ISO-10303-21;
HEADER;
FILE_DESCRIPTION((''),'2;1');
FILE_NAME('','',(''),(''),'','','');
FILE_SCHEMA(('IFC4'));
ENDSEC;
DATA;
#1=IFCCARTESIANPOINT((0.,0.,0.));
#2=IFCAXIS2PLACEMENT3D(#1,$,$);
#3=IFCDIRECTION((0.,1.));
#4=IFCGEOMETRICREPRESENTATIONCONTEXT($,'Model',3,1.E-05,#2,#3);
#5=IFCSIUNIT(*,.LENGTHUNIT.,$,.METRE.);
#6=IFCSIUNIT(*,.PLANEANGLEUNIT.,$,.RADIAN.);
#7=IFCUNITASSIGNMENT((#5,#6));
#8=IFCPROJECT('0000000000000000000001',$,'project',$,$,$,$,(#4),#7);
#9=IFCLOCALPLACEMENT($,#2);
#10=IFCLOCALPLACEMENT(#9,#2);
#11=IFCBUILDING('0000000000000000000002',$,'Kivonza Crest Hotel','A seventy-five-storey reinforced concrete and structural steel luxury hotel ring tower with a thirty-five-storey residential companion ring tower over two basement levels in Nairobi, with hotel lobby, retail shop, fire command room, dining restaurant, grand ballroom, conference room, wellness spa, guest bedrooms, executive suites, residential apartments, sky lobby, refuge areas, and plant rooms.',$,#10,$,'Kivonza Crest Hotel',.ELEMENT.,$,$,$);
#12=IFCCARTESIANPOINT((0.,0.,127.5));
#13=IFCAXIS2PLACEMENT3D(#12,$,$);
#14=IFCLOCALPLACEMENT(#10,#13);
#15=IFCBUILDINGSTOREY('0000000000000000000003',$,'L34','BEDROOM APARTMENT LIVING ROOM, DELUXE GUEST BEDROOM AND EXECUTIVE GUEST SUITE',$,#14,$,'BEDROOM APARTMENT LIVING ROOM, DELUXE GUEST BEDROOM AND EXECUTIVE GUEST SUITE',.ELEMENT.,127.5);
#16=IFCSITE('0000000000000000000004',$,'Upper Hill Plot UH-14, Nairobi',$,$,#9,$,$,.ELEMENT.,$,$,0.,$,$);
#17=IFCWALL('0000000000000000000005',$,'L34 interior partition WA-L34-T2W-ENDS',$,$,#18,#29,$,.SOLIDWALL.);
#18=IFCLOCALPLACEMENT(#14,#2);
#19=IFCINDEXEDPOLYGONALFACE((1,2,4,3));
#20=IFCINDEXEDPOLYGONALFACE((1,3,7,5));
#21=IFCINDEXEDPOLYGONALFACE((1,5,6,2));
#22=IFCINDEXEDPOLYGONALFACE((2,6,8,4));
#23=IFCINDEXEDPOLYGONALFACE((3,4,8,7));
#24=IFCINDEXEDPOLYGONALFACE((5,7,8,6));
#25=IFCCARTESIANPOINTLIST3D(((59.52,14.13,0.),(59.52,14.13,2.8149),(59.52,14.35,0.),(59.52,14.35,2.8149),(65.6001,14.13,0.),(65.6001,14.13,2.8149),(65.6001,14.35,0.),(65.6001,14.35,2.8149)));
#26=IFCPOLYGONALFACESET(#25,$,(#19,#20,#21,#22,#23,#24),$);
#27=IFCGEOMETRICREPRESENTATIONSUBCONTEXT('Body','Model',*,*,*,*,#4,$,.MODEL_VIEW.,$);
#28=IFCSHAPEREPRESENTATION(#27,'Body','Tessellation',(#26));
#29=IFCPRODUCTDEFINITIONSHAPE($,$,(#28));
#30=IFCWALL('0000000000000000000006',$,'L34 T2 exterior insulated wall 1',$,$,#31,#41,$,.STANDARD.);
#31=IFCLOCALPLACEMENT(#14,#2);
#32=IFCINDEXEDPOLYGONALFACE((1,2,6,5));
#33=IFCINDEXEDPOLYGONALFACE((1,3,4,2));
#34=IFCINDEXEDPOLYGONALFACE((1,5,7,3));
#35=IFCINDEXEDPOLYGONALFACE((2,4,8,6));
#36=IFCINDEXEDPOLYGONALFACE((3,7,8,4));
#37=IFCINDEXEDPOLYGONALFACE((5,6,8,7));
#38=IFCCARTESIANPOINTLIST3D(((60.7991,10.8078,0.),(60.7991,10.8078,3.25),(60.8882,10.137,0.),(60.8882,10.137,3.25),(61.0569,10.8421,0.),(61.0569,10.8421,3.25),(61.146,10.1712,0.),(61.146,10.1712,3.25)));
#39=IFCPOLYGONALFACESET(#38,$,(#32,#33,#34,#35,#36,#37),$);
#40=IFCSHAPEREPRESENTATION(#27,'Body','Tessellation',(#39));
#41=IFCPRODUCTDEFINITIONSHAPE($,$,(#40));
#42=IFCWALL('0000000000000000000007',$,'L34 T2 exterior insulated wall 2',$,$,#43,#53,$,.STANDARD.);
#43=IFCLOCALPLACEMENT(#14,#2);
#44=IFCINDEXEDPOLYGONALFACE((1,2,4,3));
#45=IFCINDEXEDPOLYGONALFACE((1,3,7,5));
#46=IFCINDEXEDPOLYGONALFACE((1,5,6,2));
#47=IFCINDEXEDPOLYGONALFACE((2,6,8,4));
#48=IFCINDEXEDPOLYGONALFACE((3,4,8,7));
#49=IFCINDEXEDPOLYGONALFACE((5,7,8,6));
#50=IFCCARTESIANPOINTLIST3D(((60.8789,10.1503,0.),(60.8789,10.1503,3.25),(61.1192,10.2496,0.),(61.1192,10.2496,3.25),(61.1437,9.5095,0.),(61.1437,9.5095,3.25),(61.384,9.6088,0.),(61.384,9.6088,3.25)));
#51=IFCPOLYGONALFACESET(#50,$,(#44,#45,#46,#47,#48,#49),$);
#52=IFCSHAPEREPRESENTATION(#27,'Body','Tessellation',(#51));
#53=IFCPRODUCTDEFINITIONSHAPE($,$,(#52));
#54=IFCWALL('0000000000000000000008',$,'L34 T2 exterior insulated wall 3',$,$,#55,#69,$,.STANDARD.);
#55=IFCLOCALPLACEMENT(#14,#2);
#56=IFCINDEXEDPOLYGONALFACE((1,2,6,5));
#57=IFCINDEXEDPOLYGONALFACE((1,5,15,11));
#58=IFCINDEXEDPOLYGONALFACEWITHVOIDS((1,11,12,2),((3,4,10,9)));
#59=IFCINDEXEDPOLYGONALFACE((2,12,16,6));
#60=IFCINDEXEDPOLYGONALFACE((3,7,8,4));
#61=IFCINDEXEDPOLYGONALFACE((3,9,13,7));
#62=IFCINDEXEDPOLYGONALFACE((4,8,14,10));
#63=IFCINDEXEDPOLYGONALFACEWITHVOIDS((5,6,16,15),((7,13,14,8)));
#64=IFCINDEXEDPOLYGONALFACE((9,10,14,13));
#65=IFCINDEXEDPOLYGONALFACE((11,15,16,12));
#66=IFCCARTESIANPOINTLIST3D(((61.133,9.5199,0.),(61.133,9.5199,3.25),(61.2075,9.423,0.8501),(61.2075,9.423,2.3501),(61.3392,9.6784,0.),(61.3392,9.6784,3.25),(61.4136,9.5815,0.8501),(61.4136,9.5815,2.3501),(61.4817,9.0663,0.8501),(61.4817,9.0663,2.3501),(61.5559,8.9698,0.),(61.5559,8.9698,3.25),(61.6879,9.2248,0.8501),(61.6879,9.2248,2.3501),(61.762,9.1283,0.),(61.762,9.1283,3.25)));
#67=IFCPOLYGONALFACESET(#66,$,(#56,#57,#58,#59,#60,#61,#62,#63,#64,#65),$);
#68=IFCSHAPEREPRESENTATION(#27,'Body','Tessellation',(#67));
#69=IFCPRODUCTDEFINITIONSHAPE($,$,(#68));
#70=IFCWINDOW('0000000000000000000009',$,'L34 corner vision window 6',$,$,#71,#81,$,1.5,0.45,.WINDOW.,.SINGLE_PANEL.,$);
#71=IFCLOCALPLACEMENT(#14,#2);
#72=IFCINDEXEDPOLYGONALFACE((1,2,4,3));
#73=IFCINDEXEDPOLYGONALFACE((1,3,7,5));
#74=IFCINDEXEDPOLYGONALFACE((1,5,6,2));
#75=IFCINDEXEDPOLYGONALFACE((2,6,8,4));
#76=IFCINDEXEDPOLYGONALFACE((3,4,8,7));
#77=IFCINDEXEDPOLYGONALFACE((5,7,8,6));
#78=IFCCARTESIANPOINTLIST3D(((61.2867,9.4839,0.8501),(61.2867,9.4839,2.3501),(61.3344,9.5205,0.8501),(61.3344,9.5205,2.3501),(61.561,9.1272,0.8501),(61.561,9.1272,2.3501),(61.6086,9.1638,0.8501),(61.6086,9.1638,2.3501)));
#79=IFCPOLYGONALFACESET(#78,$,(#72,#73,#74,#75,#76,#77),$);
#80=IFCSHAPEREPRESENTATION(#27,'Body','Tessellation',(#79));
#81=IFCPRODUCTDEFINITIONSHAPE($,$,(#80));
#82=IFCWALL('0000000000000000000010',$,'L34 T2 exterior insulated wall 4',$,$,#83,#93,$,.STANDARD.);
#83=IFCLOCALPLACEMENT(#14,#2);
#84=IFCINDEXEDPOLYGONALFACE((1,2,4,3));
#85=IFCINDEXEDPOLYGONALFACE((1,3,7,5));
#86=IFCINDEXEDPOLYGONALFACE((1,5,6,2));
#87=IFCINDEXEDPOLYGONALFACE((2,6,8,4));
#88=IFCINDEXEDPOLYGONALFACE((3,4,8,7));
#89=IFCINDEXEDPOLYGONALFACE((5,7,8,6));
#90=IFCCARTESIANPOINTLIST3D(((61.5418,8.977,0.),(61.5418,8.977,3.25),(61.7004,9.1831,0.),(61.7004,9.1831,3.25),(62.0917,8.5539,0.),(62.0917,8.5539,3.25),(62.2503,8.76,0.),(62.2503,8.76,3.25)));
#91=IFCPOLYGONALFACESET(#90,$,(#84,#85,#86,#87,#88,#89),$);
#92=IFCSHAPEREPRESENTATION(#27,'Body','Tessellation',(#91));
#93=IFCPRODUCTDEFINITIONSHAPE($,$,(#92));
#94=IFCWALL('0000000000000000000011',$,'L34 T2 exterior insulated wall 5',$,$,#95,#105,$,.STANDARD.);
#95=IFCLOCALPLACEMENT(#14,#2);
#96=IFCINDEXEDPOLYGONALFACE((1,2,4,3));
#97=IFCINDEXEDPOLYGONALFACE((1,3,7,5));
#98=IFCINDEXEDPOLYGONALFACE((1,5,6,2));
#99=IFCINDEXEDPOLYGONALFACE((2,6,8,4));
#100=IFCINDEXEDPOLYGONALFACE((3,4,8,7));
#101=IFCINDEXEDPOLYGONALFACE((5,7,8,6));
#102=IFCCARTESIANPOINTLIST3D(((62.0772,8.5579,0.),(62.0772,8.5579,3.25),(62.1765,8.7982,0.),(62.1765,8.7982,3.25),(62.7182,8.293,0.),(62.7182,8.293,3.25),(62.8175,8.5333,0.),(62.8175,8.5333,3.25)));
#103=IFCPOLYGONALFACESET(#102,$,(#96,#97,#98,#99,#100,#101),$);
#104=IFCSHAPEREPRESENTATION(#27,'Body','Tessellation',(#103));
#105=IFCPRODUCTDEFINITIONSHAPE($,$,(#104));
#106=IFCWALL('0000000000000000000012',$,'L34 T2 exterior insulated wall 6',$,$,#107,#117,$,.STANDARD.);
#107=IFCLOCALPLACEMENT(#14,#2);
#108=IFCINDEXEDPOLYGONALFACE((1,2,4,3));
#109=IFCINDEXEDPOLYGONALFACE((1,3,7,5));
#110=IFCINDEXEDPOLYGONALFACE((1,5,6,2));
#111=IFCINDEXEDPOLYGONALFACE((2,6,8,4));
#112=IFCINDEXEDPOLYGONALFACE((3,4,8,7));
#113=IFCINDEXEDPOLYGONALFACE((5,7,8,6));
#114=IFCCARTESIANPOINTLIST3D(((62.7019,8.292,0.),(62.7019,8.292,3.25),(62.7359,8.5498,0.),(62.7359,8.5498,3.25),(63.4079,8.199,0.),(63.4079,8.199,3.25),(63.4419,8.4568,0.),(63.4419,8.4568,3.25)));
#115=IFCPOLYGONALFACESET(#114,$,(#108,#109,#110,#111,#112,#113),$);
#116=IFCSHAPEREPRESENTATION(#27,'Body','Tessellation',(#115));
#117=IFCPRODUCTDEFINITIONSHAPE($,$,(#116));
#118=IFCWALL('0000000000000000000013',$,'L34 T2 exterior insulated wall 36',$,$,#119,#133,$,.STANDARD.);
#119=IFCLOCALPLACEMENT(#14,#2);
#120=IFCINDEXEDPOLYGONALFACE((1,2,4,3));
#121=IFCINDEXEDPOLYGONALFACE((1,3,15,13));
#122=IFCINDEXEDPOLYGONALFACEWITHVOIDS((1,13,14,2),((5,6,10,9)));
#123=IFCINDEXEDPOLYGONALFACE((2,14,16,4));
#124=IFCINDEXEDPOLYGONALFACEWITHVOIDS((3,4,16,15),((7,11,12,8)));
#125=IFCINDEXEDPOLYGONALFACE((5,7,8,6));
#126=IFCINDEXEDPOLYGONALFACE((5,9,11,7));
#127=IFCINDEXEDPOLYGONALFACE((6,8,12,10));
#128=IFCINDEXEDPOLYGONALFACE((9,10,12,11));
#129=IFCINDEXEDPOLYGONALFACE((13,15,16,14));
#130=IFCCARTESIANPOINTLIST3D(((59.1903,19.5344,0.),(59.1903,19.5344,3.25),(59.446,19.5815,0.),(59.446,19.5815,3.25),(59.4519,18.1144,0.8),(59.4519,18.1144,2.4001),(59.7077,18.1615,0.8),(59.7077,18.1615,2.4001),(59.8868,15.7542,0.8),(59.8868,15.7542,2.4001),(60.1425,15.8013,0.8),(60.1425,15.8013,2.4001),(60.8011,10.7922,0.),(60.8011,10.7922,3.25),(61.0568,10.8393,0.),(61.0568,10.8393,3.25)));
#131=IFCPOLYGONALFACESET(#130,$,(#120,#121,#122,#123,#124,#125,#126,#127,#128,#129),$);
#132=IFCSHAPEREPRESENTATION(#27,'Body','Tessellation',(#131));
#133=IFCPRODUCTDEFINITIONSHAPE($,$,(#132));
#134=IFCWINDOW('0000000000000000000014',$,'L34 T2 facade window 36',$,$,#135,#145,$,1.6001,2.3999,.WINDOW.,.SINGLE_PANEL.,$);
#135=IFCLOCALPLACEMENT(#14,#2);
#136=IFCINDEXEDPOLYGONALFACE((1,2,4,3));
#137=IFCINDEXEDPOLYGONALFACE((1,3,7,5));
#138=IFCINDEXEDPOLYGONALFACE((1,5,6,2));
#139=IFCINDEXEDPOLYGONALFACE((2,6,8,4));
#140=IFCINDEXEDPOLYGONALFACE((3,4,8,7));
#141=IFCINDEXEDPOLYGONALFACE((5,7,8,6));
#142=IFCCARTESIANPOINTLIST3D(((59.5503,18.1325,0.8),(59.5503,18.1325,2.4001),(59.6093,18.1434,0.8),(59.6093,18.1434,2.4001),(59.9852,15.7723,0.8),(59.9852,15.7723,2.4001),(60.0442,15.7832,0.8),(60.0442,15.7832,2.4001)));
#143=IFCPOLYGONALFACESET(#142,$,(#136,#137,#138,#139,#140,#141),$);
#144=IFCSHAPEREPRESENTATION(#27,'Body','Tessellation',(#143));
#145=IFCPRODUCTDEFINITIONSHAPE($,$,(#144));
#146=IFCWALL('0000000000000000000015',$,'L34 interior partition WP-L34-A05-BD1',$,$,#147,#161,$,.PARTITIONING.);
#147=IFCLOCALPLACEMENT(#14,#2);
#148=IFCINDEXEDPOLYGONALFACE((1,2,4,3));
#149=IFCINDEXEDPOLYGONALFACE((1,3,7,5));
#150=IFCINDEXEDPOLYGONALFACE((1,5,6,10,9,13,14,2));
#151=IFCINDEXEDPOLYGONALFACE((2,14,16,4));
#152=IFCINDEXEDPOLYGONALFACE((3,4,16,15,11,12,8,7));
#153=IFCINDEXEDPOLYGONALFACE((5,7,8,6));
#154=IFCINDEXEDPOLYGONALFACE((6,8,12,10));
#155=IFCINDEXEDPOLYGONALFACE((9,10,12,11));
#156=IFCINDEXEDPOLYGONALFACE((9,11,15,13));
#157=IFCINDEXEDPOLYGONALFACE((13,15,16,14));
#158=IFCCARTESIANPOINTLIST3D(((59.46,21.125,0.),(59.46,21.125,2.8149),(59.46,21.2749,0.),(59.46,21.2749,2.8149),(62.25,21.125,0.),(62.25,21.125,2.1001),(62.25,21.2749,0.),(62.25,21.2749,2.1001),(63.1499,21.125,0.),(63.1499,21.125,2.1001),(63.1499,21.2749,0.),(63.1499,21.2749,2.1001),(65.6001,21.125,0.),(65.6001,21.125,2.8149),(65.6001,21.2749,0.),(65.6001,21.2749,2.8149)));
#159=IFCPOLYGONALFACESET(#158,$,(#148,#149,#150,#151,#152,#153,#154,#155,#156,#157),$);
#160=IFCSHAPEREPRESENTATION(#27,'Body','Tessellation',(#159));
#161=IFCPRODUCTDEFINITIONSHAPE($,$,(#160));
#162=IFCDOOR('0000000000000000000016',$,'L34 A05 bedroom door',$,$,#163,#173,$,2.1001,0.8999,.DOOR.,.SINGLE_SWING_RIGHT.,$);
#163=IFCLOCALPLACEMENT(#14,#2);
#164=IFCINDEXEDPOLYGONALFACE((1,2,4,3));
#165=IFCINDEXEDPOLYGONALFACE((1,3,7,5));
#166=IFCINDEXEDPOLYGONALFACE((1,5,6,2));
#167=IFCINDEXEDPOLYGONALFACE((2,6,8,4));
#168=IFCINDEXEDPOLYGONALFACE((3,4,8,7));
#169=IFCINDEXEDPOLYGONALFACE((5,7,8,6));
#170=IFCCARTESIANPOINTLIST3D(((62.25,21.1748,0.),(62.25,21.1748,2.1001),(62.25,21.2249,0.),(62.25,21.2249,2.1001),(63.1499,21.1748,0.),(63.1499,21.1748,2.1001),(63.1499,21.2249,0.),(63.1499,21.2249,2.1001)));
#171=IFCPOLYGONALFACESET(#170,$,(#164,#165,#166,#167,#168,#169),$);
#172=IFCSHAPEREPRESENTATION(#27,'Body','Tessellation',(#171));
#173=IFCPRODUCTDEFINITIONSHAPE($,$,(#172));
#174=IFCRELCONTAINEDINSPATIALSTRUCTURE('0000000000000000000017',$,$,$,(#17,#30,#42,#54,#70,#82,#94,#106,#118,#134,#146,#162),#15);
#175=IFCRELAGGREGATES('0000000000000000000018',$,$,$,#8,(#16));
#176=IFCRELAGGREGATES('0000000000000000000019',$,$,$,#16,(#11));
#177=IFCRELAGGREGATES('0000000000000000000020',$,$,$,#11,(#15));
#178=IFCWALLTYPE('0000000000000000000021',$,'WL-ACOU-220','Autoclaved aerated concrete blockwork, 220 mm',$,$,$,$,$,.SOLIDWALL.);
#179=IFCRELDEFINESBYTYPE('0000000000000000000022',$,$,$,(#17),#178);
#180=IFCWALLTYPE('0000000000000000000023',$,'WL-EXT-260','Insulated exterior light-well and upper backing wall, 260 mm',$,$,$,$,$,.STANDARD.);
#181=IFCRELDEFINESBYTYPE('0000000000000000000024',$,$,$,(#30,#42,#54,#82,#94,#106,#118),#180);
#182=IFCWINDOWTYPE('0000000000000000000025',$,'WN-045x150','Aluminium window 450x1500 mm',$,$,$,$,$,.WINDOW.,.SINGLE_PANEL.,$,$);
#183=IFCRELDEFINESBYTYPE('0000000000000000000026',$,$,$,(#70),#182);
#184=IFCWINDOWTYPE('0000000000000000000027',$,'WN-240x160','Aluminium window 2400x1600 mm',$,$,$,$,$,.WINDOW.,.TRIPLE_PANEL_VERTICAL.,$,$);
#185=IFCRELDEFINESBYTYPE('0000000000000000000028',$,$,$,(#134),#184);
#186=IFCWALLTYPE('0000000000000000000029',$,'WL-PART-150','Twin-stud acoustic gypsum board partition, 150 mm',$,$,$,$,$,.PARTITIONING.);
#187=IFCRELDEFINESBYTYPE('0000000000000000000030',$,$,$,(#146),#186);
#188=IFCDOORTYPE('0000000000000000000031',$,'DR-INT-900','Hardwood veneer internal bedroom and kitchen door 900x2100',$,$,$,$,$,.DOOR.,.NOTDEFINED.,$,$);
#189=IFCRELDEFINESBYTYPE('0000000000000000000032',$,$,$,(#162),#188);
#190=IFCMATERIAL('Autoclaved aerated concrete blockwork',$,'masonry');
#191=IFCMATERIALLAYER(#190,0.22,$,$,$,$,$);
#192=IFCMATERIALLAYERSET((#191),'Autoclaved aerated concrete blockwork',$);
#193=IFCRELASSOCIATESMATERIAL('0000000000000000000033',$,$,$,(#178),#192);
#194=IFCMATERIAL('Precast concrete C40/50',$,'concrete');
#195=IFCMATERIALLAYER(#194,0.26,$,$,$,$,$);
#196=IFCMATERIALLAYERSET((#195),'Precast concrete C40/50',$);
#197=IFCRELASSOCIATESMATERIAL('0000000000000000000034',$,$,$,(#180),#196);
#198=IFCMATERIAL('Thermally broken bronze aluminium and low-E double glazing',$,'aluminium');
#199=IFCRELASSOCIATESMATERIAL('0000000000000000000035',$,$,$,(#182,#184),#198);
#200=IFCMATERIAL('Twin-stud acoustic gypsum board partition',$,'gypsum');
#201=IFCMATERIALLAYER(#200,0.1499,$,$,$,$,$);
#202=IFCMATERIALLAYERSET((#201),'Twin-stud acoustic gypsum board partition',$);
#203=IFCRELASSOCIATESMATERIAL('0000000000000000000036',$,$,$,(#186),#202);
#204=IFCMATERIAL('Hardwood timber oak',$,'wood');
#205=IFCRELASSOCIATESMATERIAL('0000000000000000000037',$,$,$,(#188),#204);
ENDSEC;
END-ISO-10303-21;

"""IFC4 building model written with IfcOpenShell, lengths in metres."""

from ifc_helpers import new_model, si_unit, direction, frame, frame_2d, origin, place, context, subcontext, project, spatial, rectangle, extrude, material, layer, layer_set, type_object, element, fill, save


model = new_model("IFC4")

# Units and contexts
model_context = context("Model", 3, precision=1e-05, world=origin(), true_north=direction((0.0, 1.0)))
body_context = subcontext(model_context, "Body", "Model", "MODEL_VIEW")
ifc_project = project(units=[si_unit("LENGTHUNIT", "METRE"), si_unit("PLANEANGLEUNIT", "RADIAN")], contexts=[model_context])

# Site, building, storey
site_placement = place(None, origin())
site = spatial("IfcSite", under=ifc_project, at=site_placement, Name="Upper Hill Plot UH-14, Nairobi", CompositionType="ELEMENT", RefElevation=0.0)
building_placement = place(site_placement, origin())
building = spatial("IfcBuilding", under=site, at=building_placement, Name="Kivonza Crest Hotel", Description="A seventy-five-storey reinforced concrete and structural steel luxury hotel ring tower with a thirty-five-storey residential companion ring tower over two basement levels in Nairobi, with hotel lobby, retail shop, fire command room, dining restaurant, grand ballroom, conference room, wellness spa, guest bedrooms, executive suites, residential apartments, sky lobby, refuge areas, and plant rooms.", LongName="Kivonza Crest Hotel", CompositionType="ELEMENT")
storey_placement = place(building_placement, frame((0.0, 0.0, 127.5)))
storey = spatial("IfcBuildingStorey", under=building, at=storey_placement, Name="L34", Description="BEDROOM APARTMENT LIVING ROOM, DELUXE GUEST BEDROOM AND EXECUTIVE GUEST SUITE", LongName="BEDROOM APARTMENT LIVING ROOM, DELUXE GUEST BEDROOM AND EXECUTIVE GUEST SUITE", CompositionType="ELEMENT", Elevation=127.5)

# Walls
ifc_material_1 = material(Name="Autoclaved aerated concrete blockwork", Category="masonry")
ifc_layer_1 = layer(ifc_material_1, 0.22)
ifc_layer_set_1 = layer_set([ifc_layer_1], Name="Autoclaved aerated concrete blockwork")
wall_type_1 = type_object("IfcWallType", Name="WL-ACOU-220", Description="Autoclaved aerated concrete blockwork, 220 mm", PredefinedType="SOLIDWALL", material=ifc_layer_set_1)
wall_1_placement = place(storey_placement, frame((59.52, 14.24, 0.0), z_axis=(0.0, 0.0, 1.0), x_axis=(1.0, 0.0, 0.0)))
element("IfcWall", 1, at=wall_1_placement, inside=storey, type_object=wall_type_1, Name="L34 interior partition WA-L34-T2W-ENDS", PredefinedType="SOLIDWALL", context=body_context, shape_type="SweptSolid", body=[
    extrude(rectangle(XDim=6.0801, YDim=0.22, at=frame_2d((3.04, 0.0))), origin(), (0.0, 0.0, 1.0), 2.8149),
])
ifc_material_2 = material(Name="Precast concrete C40/50", Category="concrete")
ifc_layer_2 = layer(ifc_material_2, 0.26)
ifc_layer_set_2 = layer_set([ifc_layer_2], Name="Precast concrete C40/50")
wall_type_2 = type_object("IfcWallType", Name="WL-EXT-260", Description="Insulated exterior light-well and upper backing wall, 260 mm", PredefinedType="STANDARD", material=ifc_layer_set_2)
wall_2_placement = place(storey_placement, frame((60.928, 10.825, 0.0), z_axis=(0.0, 0.0, 1.0), x_axis=(0.131667, -0.991294, 0.0)))
element("IfcWall", 2, at=wall_2_placement, inside=storey, type_object=wall_type_2, Name="L34 T2 exterior insulated wall 1", PredefinedType="STANDARD", context=body_context, shape_type="SweptSolid", body=[
    extrude(rectangle(XDim=0.6768, YDim=0.26, at=frame_2d((0.3384, 0.0))), origin(), (0.0, 0.0, 1.0), 3.25),
])
wall_3_placement = place(storey_placement, frame((60.999, 10.2, 0.0), z_axis=(0.0, 0.0, 1.0), x_axis=(0.381989, -0.924167, 0.0)))
element("IfcWall", 3, at=wall_3_placement, inside=storey, type_object=wall_type_2, Name="L34 T2 exterior insulated wall 2", PredefinedType="STANDARD", context=body_context, shape_type="SweptSolid", body=[
    extrude(rectangle(XDim=0.6934, YDim=0.26, at=frame_2d((0.3467, 0.0))), origin(), (0.0, 0.0, 1.0), 3.25),
])

# Wall, opening, window
wall_4_placement = place(storey_placement, frame((61.2361, 9.5991, 0.0), z_axis=(0.0, 0.0, 1.0), x_axis=(0.609473, -0.792807, 0.0)))
wall_4 = element("IfcWall", 4, at=wall_4_placement, inside=storey, type_object=wall_type_2, Name="L34 T2 exterior insulated wall 3", PredefinedType="STANDARD", context=body_context, shape_type="SweptSolid", body=[
    extrude(rectangle(XDim=0.6938, YDim=0.26, at=frame_2d((0.3469, 0.0))), origin(), (0.0, 0.0, 1.0), 3.25),
])
opening_1_placement = place(wall_4_placement, frame((0.1221, 0.0, 0.8501)))
opening_1 = element("IfcOpeningElement", 5, at=opening_1_placement, cuts=wall_4, PredefinedType="OPENING", context=body_context, shape_type="SweptSolid", body=[
    extrude(rectangle(XDim=0.45, YDim=1.5, at=frame_2d((0.2251, 0.75))), frame((0.0, 0.1401, 0.0), z_axis=(0.0, -1.0, 0.0), x_axis=(1.0, 0.0, 0.0)), (0.0, 0.0, 1.0), 0.28),
])
ifc_material_3 = material(Name="Thermally broken bronze aluminium and low-E double glazing", Category="aluminium")
window_type_1 = type_object("IfcWindowType", Name="WN-045x150", Description="Aluminium window 450x1500 mm", PartitioningType="SINGLE_PANEL", PredefinedType="WINDOW", material=ifc_material_3)
window_1_placement = place(opening_1_placement, origin())
window_1 = element("IfcWindow", 6, at=window_1_placement, inside=storey, type_object=window_type_1, Name="L34 corner vision window 6", OverallHeight=1.5, OverallWidth=0.45, PartitioningType="SINGLE_PANEL", PredefinedType="WINDOW", context=body_context, shape_type="SweptSolid", body=[
    extrude(rectangle(XDim=0.45, YDim=1.5, at=frame_2d((0.2251, 0.75))), frame((0.0, 0.03, 0.0), z_axis=(0.0, -1.0, 0.0), x_axis=(1.0, 0.0, 0.0)), (0.0, 0.0, 1.0), 0.0601),
])
fill(opening_1, window_1)

# Walls
wall_5_placement = place(storey_placement, frame((61.6211, 9.0801, 0.0), z_axis=(0.0, 0.0, 1.0), x_axis=(0.792506, -0.609864, 0.0)))
element("IfcWall", 7, at=wall_5_placement, inside=storey, type_object=wall_type_2, Name="L34 T2 exterior insulated wall 4", PredefinedType="STANDARD", context=body_context, shape_type="SweptSolid", body=[
    extrude(rectangle(XDim=0.6938, YDim=0.26, at=frame_2d((0.3469, 0.0))), origin(), (0.0, 0.0, 1.0), 3.25),
])
wall_6_placement = place(storey_placement, frame((62.127, 8.678, 0.0), z_axis=(0.0, 0.0, 1.0), x_axis=(0.924218, -0.381865, 0.0)))
element("IfcWall", 8, at=wall_6_placement, inside=storey, type_object=wall_type_2, Name="L34 T2 exterior insulated wall 5", PredefinedType="STANDARD", context=body_context, shape_type="SweptSolid", body=[
    extrude(rectangle(XDim=0.6936, YDim=0.26, at=frame_2d((0.3467, 0.0))), origin(), (0.0, 0.0, 1.0), 3.25),
])
wall_7_placement = place(storey_placement, frame((62.719, 8.4209, 0.0), z_axis=(0.0, 0.0, 1.0), x_axis=(0.991433, -0.130614, 0.0)))
element("IfcWall", 9, at=wall_7_placement, inside=storey, type_object=wall_type_2, Name="L34 T2 exterior insulated wall 6", PredefinedType="STANDARD", context=body_context, shape_type="SweptSolid", body=[
    extrude(rectangle(XDim=0.7122, YDim=0.26, at=frame_2d((0.356, 0.0))), origin(), (0.0, 0.0, 1.0), 3.25),
])

# Wall, opening, window
wall_8_placement = place(storey_placement, frame((59.3181, 19.5581, 0.0), z_axis=(0.0, 0.0, 1.0), x_axis=(0.18121, -0.983444, 0.0)))
wall_8 = element("IfcWall", 10, at=wall_8_placement, inside=storey, type_object=wall_type_2, Name="L34 T2 exterior insulated wall 36", PredefinedType="STANDARD", context=body_context, shape_type="SweptSolid", body=[
    extrude(rectangle(XDim=8.8894, YDim=0.26, at=frame_2d((4.4448, 0.0))), origin(), (0.0, 0.0, 1.0), 3.25),
])
opening_2_placement = place(wall_8_placement, frame((1.4441, 0.0, 0.8)))
opening_2 = element("IfcOpeningElement", 11, at=opening_2_placement, cuts=wall_8, PredefinedType="OPENING", context=body_context, shape_type="SweptSolid", body=[
    extrude(rectangle(XDim=2.3999, YDim=1.6001, at=frame_2d((1.2, 0.8))), frame((0.0, 0.1401, 0.0), z_axis=(0.0, -1.0, 0.0), x_axis=(1.0, 0.0, 0.0)), (0.0, 0.0, 1.0), 0.28),
])
window_type_2 = type_object("IfcWindowType", Name="WN-240x160", Description="Aluminium window 2400x1600 mm", PartitioningType="TRIPLE_PANEL_VERTICAL", PredefinedType="WINDOW", material=ifc_material_3)
window_2_placement = place(opening_2_placement, origin())
window_2 = element("IfcWindow", 12, at=window_2_placement, inside=storey, type_object=window_type_2, Name="L34 T2 facade window 36", OverallHeight=1.6001, OverallWidth=2.3999, PartitioningType="SINGLE_PANEL", PredefinedType="WINDOW", context=body_context, shape_type="SweptSolid", body=[
    extrude(rectangle(XDim=2.3999, YDim=1.6001, at=frame_2d((1.2, 0.8))), frame((0.0, 0.03, 0.0), z_axis=(0.0, -1.0, 0.0), x_axis=(1.0, 0.0, 0.0)), (0.0, 0.0, 1.0), 0.0601),
])
fill(opening_2, window_2)

# Wall, opening, door
ifc_material_4 = material(Name="Twin-stud acoustic gypsum board partition", Category="gypsum")
ifc_layer_3 = layer(ifc_material_4, 0.1499)
ifc_layer_set_3 = layer_set([ifc_layer_3], Name="Twin-stud acoustic gypsum board partition")
wall_type_3 = type_object("IfcWallType", Name="WL-PART-150", Description="Twin-stud acoustic gypsum board partition, 150 mm", PredefinedType="PARTITIONING", material=ifc_layer_set_3)
wall_9_placement = place(storey_placement, frame((59.46, 21.2, 0.0), z_axis=(0.0, 0.0, 1.0), x_axis=(1.0, 0.0, 0.0)))
wall_9 = element("IfcWall", 13, at=wall_9_placement, inside=storey, type_object=wall_type_3, Name="L34 interior partition WP-L34-A05-BD1", PredefinedType="PARTITIONING", context=body_context, shape_type="SweptSolid", body=[
    extrude(rectangle(XDim=6.1401, YDim=0.1499, at=frame_2d((3.0701, 0.0))), origin(), (0.0, 0.0, 1.0), 2.8149),
])
opening_3_placement = place(wall_9_placement, frame((2.79, 0.0, 0.0)))
opening_3 = element("IfcOpeningElement", 14, at=opening_3_placement, cuts=wall_9, PredefinedType="OPENING", context=body_context, shape_type="SweptSolid", body=[
    extrude(rectangle(XDim=0.8999, YDim=2.1001, at=frame_2d((0.45, 1.05))), frame((0.0, 0.085, 0.0), z_axis=(0.0, -1.0, 0.0), x_axis=(1.0, 0.0, 0.0)), (0.0, 0.0, 1.0), 0.1699),
])
ifc_material_5 = material(Name="Hardwood timber oak", Category="wood")
door_type = type_object("IfcDoorType", Name="DR-INT-900", Description="Hardwood veneer internal bedroom and kitchen door 900x2100", OperationType="NOTDEFINED", PredefinedType="DOOR", material=ifc_material_5)
door_placement = place(opening_3_placement, origin())
door = element("IfcDoor", 15, at=door_placement, inside=storey, type_object=door_type, Name="L34 A05 bedroom door", OperationType="SINGLE_SWING_RIGHT", OverallHeight=2.1001, OverallWidth=0.8999, PredefinedType="DOOR", context=body_context, shape_type="SweptSolid", body=[
    extrude(rectangle(XDim=0.8999, YDim=2.1001, at=frame_2d((0.45, 1.05))), frame((0.0, 0.0249, 0.0), z_axis=(0.0, -1.0, 0.0), x_axis=(1.0, 0.0, 0.0)), (0.0, 0.0, 1.0), 0.05),
])
fill(opening_3, door)

save(model, "model.ifc")
